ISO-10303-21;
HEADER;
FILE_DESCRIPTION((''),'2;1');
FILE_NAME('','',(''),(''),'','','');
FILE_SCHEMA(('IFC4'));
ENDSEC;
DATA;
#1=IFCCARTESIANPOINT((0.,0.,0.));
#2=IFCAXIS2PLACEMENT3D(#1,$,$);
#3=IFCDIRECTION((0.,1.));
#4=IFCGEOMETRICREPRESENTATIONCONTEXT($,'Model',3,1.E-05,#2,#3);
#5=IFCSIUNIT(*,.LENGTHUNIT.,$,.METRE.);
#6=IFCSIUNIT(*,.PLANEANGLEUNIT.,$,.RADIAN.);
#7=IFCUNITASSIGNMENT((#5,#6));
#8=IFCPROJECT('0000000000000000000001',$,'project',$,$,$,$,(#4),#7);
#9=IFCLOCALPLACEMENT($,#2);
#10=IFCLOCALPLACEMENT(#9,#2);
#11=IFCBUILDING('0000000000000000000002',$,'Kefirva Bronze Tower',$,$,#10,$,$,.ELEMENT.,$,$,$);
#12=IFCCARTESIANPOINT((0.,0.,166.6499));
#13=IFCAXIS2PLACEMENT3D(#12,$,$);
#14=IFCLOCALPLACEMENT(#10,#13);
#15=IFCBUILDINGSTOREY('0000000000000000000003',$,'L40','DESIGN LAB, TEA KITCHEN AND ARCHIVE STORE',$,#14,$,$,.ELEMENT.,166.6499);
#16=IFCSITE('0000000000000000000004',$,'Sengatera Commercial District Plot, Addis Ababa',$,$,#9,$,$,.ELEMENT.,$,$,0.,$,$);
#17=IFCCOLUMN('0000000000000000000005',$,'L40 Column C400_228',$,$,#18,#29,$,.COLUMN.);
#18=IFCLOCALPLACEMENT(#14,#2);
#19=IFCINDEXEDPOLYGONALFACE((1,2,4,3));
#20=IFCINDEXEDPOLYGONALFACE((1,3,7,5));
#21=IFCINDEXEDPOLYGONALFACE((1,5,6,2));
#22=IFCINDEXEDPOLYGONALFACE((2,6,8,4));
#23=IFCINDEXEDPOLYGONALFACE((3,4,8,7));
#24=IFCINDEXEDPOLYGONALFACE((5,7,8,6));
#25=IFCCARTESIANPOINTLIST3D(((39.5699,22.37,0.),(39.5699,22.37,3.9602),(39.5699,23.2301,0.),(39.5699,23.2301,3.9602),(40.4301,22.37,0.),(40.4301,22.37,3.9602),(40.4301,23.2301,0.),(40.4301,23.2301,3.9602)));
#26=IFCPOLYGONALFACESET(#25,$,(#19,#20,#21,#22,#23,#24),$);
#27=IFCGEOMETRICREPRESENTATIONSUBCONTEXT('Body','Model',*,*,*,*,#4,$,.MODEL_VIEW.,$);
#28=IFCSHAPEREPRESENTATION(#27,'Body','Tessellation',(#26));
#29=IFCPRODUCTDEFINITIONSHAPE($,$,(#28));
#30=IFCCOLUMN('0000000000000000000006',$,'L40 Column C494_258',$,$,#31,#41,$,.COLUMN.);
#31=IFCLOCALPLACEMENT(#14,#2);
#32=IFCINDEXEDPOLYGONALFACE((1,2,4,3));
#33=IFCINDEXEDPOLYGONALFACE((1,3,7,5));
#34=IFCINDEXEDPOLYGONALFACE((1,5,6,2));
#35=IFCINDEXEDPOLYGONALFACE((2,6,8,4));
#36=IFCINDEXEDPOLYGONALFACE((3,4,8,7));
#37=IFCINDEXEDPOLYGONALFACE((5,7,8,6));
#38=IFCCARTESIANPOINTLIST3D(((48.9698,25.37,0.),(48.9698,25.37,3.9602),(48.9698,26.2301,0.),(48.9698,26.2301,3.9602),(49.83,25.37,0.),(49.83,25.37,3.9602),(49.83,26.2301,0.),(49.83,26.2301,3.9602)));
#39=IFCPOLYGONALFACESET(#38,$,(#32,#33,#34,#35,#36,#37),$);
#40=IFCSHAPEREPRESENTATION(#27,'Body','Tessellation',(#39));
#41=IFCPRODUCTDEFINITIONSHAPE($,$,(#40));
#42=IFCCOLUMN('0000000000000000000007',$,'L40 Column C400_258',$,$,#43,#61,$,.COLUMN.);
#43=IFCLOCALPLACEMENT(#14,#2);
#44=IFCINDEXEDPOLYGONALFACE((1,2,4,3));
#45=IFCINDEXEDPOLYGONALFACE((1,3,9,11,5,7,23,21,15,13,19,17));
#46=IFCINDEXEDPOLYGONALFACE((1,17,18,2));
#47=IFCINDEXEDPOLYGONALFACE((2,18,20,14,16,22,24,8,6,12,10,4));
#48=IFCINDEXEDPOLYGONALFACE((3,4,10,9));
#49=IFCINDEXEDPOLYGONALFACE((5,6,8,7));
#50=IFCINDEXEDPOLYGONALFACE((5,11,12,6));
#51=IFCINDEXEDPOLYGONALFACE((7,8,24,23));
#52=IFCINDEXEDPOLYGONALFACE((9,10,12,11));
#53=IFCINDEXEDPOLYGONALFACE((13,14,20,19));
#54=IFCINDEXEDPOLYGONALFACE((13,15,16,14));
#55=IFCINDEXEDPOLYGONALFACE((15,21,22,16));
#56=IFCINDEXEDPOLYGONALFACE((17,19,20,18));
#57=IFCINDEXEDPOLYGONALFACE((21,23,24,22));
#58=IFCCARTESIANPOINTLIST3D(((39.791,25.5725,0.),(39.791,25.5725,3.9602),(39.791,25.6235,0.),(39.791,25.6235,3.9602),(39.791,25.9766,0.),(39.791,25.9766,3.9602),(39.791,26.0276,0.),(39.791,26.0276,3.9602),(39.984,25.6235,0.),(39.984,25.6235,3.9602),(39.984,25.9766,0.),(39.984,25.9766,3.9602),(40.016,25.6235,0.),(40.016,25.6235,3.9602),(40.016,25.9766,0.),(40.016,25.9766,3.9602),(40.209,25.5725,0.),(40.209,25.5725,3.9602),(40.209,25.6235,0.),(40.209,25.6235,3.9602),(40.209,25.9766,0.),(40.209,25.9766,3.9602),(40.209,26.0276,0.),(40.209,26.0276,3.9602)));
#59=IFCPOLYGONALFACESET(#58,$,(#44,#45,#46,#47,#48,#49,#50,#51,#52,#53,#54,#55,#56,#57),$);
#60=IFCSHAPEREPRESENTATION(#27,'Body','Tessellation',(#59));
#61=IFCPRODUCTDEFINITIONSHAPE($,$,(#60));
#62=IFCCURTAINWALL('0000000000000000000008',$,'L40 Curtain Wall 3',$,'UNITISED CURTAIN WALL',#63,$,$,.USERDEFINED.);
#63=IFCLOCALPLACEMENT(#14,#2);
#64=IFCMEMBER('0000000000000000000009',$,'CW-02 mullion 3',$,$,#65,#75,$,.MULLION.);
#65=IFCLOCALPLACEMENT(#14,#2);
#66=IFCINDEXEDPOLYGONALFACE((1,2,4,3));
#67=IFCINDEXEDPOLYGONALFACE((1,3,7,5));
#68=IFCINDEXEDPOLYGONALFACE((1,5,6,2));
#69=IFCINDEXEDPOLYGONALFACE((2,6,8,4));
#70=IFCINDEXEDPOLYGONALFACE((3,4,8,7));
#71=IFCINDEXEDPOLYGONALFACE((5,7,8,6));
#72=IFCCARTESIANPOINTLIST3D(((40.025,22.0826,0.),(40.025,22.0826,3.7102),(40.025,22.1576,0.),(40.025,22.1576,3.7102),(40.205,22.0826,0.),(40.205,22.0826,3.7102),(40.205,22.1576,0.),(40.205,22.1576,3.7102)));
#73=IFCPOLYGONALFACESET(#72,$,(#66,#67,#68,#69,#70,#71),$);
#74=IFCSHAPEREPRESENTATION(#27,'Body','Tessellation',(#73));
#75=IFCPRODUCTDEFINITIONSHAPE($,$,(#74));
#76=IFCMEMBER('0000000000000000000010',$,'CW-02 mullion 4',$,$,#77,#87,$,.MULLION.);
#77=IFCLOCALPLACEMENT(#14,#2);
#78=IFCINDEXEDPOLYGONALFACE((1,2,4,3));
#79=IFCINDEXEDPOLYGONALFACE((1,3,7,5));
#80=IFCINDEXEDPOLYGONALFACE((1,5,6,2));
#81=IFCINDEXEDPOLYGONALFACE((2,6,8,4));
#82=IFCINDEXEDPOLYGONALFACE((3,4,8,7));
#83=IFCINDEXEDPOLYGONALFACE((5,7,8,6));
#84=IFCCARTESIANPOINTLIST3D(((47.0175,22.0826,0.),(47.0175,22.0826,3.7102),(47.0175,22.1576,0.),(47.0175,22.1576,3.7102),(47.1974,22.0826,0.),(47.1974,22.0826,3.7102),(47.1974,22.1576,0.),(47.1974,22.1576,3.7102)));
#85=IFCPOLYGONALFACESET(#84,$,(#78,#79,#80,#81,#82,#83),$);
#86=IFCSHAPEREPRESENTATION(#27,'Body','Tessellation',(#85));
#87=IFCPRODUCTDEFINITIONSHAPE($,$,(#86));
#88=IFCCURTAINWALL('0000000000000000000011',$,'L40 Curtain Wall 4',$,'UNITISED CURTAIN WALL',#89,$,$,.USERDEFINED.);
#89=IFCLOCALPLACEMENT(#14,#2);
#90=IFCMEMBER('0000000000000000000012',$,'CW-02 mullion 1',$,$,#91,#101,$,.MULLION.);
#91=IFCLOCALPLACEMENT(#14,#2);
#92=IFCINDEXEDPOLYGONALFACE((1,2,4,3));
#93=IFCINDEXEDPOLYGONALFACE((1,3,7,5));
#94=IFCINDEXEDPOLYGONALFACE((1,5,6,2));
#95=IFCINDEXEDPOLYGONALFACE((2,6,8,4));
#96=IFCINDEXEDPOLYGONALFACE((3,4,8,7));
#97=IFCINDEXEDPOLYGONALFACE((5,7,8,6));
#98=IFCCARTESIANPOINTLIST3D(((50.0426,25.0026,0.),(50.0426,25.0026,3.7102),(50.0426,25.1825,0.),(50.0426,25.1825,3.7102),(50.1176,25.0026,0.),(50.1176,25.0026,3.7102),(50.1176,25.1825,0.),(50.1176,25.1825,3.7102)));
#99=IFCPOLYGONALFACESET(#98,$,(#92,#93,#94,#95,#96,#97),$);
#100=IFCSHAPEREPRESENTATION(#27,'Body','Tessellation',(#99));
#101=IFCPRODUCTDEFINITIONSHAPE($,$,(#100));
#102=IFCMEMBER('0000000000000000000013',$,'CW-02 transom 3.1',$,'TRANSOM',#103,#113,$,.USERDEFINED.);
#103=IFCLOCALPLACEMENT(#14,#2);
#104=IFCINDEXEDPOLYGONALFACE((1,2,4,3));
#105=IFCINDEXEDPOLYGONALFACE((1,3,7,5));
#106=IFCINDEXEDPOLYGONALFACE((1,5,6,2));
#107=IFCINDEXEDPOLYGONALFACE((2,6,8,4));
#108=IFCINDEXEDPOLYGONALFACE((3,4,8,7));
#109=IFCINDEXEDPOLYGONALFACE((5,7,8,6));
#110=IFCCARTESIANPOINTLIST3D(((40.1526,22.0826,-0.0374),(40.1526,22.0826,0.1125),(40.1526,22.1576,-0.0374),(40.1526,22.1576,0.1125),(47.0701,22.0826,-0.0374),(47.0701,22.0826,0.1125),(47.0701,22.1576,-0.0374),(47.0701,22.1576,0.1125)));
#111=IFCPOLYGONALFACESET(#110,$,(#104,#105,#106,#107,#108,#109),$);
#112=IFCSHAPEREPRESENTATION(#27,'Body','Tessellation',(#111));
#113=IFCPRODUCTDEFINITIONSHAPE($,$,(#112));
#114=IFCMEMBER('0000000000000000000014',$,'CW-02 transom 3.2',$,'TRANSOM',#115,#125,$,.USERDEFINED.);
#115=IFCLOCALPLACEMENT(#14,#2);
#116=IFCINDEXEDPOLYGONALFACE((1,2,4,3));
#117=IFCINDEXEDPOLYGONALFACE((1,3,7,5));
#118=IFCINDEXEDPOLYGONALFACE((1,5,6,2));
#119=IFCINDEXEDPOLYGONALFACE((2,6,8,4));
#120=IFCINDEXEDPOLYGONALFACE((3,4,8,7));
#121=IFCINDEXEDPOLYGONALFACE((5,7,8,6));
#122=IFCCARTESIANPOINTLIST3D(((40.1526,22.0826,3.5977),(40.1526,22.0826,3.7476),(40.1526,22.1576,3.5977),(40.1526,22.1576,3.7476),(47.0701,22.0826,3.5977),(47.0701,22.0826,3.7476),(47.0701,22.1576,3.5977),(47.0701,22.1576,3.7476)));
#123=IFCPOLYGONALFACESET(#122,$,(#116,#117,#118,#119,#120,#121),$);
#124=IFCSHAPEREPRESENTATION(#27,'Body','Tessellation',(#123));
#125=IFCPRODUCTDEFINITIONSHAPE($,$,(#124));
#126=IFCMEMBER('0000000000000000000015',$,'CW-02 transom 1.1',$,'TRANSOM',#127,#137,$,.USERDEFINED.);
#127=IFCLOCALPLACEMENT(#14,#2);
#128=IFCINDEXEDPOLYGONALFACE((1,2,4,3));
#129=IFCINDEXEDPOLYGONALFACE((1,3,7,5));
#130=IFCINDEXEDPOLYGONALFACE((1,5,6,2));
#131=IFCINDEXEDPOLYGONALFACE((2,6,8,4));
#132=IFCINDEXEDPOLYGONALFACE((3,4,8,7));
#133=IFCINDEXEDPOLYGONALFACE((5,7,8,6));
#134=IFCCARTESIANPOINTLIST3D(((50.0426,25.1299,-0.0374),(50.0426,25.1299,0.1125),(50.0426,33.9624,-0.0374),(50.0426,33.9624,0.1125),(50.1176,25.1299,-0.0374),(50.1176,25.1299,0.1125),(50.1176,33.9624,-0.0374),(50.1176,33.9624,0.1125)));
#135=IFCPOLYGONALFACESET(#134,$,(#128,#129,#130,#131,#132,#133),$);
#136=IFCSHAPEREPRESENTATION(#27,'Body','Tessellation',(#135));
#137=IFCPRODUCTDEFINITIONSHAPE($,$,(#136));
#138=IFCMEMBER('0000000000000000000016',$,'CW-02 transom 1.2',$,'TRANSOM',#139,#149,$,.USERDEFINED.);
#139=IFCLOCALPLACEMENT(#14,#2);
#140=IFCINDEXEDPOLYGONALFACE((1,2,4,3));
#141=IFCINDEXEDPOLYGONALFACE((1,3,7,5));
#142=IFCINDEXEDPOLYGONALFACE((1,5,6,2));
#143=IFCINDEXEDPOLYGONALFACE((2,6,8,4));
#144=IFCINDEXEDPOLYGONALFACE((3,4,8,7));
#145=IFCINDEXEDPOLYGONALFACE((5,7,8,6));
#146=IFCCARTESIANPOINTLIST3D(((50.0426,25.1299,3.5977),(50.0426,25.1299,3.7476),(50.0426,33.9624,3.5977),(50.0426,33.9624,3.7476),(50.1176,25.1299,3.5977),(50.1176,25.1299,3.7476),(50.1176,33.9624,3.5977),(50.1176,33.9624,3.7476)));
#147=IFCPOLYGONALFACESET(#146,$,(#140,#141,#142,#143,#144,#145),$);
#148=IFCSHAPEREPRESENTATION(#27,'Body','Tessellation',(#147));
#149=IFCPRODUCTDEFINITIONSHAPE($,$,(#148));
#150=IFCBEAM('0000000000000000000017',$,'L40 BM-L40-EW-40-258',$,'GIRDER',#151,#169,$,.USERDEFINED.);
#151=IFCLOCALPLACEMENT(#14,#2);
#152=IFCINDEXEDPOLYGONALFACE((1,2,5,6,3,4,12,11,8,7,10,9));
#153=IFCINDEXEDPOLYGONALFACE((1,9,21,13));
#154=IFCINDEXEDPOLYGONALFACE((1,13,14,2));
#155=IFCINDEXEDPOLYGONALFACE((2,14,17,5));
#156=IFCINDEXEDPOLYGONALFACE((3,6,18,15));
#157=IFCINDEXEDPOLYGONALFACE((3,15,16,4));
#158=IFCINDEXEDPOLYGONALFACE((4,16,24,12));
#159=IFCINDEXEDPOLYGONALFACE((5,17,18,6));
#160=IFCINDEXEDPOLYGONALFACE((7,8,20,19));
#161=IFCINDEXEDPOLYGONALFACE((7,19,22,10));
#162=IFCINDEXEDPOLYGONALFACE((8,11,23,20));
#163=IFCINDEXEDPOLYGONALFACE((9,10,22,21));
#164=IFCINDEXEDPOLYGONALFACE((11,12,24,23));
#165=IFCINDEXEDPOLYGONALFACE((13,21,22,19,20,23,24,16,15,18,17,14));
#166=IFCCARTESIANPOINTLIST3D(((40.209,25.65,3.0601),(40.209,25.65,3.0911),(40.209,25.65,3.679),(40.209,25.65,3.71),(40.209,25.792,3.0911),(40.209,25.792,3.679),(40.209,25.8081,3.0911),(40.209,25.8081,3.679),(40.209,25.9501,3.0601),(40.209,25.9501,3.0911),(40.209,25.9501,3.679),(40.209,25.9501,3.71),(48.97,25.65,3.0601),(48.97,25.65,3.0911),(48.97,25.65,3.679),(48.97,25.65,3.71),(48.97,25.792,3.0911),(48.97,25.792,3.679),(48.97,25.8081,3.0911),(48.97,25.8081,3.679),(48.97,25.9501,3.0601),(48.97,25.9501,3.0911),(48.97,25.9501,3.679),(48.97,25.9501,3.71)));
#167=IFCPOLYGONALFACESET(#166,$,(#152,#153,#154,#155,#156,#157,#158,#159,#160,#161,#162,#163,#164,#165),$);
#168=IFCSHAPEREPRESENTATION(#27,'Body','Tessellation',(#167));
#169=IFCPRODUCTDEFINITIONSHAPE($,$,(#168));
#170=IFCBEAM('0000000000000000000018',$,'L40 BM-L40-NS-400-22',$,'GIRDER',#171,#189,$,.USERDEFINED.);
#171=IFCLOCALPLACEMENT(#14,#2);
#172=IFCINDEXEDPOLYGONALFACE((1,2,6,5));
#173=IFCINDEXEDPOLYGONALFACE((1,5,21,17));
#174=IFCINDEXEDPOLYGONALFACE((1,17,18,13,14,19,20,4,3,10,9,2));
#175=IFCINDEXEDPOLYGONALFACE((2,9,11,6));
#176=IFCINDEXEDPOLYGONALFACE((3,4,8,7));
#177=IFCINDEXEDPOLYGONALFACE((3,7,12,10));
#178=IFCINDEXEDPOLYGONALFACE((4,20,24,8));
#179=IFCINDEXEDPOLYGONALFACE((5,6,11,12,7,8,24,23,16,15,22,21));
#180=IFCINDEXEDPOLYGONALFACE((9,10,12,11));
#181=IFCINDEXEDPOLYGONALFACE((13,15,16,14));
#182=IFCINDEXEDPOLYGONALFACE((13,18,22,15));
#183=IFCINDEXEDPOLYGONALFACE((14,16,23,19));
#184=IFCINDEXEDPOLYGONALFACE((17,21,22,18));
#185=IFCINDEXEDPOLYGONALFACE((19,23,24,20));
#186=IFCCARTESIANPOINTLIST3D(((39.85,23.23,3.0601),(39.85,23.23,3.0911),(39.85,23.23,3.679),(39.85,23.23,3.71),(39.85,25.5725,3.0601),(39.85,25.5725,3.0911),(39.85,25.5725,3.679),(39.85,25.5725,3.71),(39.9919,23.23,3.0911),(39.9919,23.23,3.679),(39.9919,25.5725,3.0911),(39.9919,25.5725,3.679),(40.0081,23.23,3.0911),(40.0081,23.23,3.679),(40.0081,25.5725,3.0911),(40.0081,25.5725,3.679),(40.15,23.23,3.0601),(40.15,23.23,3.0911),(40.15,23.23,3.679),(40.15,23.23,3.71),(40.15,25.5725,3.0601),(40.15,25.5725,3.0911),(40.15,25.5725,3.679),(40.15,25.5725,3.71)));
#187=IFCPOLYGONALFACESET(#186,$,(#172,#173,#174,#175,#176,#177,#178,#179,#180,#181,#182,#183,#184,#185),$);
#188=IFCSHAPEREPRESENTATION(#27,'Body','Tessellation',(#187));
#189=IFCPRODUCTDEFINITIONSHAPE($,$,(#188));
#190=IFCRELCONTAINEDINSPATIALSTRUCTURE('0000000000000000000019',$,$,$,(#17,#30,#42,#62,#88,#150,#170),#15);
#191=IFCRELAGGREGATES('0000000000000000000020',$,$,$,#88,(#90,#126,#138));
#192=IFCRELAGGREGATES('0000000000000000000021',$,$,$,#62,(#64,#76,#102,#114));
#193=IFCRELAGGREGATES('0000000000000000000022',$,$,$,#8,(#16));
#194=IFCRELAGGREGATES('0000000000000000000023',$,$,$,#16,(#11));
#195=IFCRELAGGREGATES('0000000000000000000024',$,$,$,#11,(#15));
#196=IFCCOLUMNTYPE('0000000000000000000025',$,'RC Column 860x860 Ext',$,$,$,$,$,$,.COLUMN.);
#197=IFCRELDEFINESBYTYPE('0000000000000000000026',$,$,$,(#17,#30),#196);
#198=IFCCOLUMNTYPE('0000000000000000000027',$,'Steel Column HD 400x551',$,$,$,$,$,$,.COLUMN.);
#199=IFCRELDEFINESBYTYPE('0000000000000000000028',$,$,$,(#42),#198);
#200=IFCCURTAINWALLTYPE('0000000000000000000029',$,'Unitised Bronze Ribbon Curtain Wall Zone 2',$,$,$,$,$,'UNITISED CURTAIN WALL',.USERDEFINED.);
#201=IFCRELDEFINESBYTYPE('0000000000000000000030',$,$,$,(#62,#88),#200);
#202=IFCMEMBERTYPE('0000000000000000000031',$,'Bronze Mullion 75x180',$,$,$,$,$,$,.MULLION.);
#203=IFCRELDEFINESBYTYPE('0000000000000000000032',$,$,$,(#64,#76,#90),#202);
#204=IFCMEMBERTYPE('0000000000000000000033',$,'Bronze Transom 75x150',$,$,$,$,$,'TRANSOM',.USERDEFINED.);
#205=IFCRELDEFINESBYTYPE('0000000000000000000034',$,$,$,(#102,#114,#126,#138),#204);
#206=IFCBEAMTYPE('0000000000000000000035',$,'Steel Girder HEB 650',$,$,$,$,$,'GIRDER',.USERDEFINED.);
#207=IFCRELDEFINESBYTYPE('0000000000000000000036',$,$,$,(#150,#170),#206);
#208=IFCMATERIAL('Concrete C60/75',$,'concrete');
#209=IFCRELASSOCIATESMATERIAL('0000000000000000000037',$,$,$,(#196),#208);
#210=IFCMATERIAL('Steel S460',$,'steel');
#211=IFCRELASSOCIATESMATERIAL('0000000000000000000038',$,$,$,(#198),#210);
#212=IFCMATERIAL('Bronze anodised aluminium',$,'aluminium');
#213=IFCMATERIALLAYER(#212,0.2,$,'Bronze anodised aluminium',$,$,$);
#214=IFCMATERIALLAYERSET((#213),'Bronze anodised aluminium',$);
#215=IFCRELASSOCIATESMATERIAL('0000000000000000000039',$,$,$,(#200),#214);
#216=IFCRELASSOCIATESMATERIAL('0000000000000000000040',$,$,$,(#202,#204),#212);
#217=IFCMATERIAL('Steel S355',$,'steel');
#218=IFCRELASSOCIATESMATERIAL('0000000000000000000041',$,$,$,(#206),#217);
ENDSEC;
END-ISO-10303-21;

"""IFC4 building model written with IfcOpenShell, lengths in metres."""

from ifc_helpers import new_model, si_unit, direction, frame, origin, origin_2d, place, context, subcontext, project, spatial, rectangle, i_section, extrude, material, layer, layer_set, material_profile, profile_set, type_object, element, aggregate, save


model = new_model("IFC4")

# Units and contexts
model_context = context("Model", 3, precision=1e-05, world=origin(), true_north=direction((0.0, 1.0)))
body_context = subcontext(model_context, "Body", "Model", "MODEL_VIEW")
ifc_project = project(units=[si_unit("LENGTHUNIT", "METRE"), si_unit("PLANEANGLEUNIT", "RADIAN")], contexts=[model_context])

# Site, building, storey
site_placement = place(None, origin())
site = spatial("IfcSite", under=ifc_project, at=site_placement, Name="Sengatera Commercial District Plot, Addis Ababa", CompositionType="ELEMENT", RefElevation=0.0)
building_placement = place(site_placement, origin())
building = spatial("IfcBuilding", under=site, at=building_placement, Name="Kefirva Bronze Tower", CompositionType="ELEMENT")
storey_placement = place(building_placement, frame((0.0, 0.0, 166.6499)))
storey = spatial("IfcBuildingStorey", under=building, at=storey_placement, Name="L40", Description="DESIGN LAB, TEA KITCHEN AND ARCHIVE STORE", CompositionType="ELEMENT", Elevation=166.6499)

# Columns
ifc_material_1 = material(Name="Concrete C60/75", Category="concrete")
ifc_material_profile_1 = material_profile(ifc_material_1, rectangle(XDim=0.8601, YDim=0.8601, at=origin_2d()), Name="RC 860x860")
ifc_profile_set_1 = profile_set([ifc_material_profile_1], Name="Concrete C60/75")
column_type_1 = type_object("IfcColumnType", Name="RC Column 860x860 Ext", PredefinedType="COLUMN", material=ifc_profile_set_1)
for number, where, z_axis, x_axis, name in (
    (1, (40.0, 22.8, 0.0), (0.0, 0.0, 1.0), (1.0, 0.0, 0.0), "L40 Column C400_228"),
    (2, (49.3999, 25.8, 0.0), (0.0, 0.0, 1.0), (1.0, 0.0, 0.0), "L40 Column C494_258"),
):
    element("IfcColumn", number, at=place(storey_placement, frame(where, z_axis=z_axis, x_axis=x_axis)), inside=storey, type_object=column_type_1, Name=name, PredefinedType="COLUMN", context=body_context, shape_type="SweptSolid", body=[
        extrude(rectangle(XDim=0.8601, YDim=0.8601, at=origin_2d()), origin(), (0.0, 0.0, 1.0), 3.9602),
    ])
ifc_material_2 = material(Name="Steel S460", Category="steel")
ifc_material_profile_2 = material_profile(ifc_material_2, i_section(OverallWidth=0.418, OverallDepth=0.4551, WebThickness=0.032, FlangeThickness=0.051, at=origin_2d()), Name="HD 400x551")
ifc_profile_set_2 = profile_set([ifc_material_profile_2], Name="Steel S460")
column_type_2 = type_object("IfcColumnType", Name="Steel Column HD 400x551", PredefinedType="COLUMN", material=ifc_profile_set_2)
column_placement = place(storey_placement, frame((40.0, 25.8, 0.0), z_axis=(0.0, 0.0, 1.0), x_axis=(1.0, 0.0, 0.0)))
element("IfcColumn", 3, at=column_placement, inside=storey, type_object=column_type_2, Name="L40 Column C400_258", PredefinedType="COLUMN", context=body_context, shape_type="SweptSolid", body=[
    extrude(i_section(OverallWidth=0.418, OverallDepth=0.4551, WebThickness=0.032, FlangeThickness=0.051, at=origin_2d()), origin(), (0.0, 0.0, 1.0), 3.9602),
])

# Curtain wall, members
ifc_material_3 = material(Name="Bronze anodised aluminium", Category="aluminium")
ifc_layer_1 = layer(ifc_material_3, 0.2, Name="Bronze anodised aluminium")
ifc_layer_set_1 = layer_set([ifc_layer_1], Name="Bronze anodised aluminium")
curtain_wall_type = type_object("IfcCurtainWallType", Name="Unitised Bronze Ribbon Curtain Wall Zone 2", ElementType="UNITISED CURTAIN WALL", PredefinedType="USERDEFINED", material=ifc_layer_set_1)
curtain_wall_1_placement = place(storey_placement, origin())
curtain_wall_1 = element("IfcCurtainWall", 4, at=curtain_wall_1_placement, inside=storey, type_object=curtain_wall_type, Name="L40 Curtain Wall 3", ObjectType="UNITISED CURTAIN WALL", PredefinedType="USERDEFINED")
ifc_material_profile_3 = material_profile(ifc_material_3, rectangle(XDim=0.075, YDim=0.1799, at=origin_2d()), Name="ALU 75x180")
ifc_profile_set_3 = profile_set([ifc_material_profile_3], Name="Bronze anodised aluminium")
member_type_1 = type_object("IfcMemberType", Name="Bronze Mullion 75x180", PredefinedType="MULLION", material=ifc_profile_set_3)
member_1_placement = place(storey_placement, frame((40.115, 22.1201, 0.0), z_axis=(0.0, 0.0, 1.0), x_axis=(0.0, 1.0, 0.0)))
member_1 = element("IfcMember", 5, at=member_1_placement, type_object=member_type_1, Name="CW-02 mullion 3", PredefinedType="MULLION", context=body_context, shape_type="SweptSolid", body=[
    extrude(rectangle(XDim=0.075, YDim=0.1799, at=origin_2d()), origin(), (0.0, 0.0, 1.0), 3.7102),
])
member_2_placement = place(storey_placement, frame((47.1074, 22.1201, 0.0), z_axis=(0.0, 0.0, 1.0), x_axis=(0.0, 1.0, 0.0)))
member_2 = element("IfcMember", 6, at=member_2_placement, type_object=member_type_1, Name="CW-02 mullion 4", PredefinedType="MULLION", context=body_context, shape_type="SweptSolid", body=[
    extrude(rectangle(XDim=0.075, YDim=0.1799, at=origin_2d()), origin(), (0.0, 0.0, 1.0), 3.7102),
])

# Curtain wall, member
curtain_wall_2_placement = place(storey_placement, origin())
curtain_wall_2 = element("IfcCurtainWall", 7, at=curtain_wall_2_placement, inside=storey, type_object=curtain_wall_type, Name="L40 Curtain Wall 4", ObjectType="UNITISED CURTAIN WALL", PredefinedType="USERDEFINED")
member_3_placement = place(storey_placement, frame((50.0801, 25.0925, 0.0), z_axis=(0.0, 0.0, 1.0), x_axis=(-1.0, 0.0, 0.0)))
member_3 = element("IfcMember", 8, at=member_3_placement, type_object=member_type_1, Name="CW-02 mullion 1", PredefinedType="MULLION", context=body_context, shape_type="SweptSolid", body=[
    extrude(rectangle(XDim=0.075, YDim=0.1799, at=origin_2d()), origin(), (0.0, 0.0, 1.0), 3.7102),
])

# Members
ifc_material_profile_4 = material_profile(ifc_material_3, rectangle(XDim=0.075, YDim=0.1499, at=origin_2d()), Name="ALU 75x150")
ifc_profile_set_4 = profile_set([ifc_material_profile_4], Name="Bronze anodised aluminium")
member_type_2 = type_object("IfcMemberType", Name="Bronze Transom 75x150", ElementType="TRANSOM", PredefinedType="USERDEFINED", material=ifc_profile_set_4)
member_4_placement = place(storey_placement, frame((40.1526, 22.1201, 0.0376), z_axis=(1.0, 0.0, 0.0), x_axis=(0.0, 1.0, 0.0)))
member_4 = element("IfcMember", 9, at=member_4_placement, type_object=member_type_2, Name="CW-02 transom 3.1", ObjectType="TRANSOM", PredefinedType="USERDEFINED", context=body_context, shape_type="SweptSolid", body=[
    extrude(rectangle(XDim=0.075, YDim=0.1499, at=origin_2d()), origin(), (0.0, 0.0, 1.0), 6.9175),
])
member_5_placement = place(storey_placement, frame((40.1526, 22.1201, 3.6726), z_axis=(1.0, 0.0, 0.0), x_axis=(0.0, 1.0, 0.0)))
member_5 = element("IfcMember", 10, at=member_5_placement, type_object=member_type_2, Name="CW-02 transom 3.2", ObjectType="TRANSOM", PredefinedType="USERDEFINED", context=body_context, shape_type="SweptSolid", body=[
    extrude(rectangle(XDim=0.075, YDim=0.1499, at=origin_2d()), origin(), (0.0, 0.0, 1.0), 6.9175),
])
member_6_placement = place(storey_placement, frame((50.0801, 25.1299, 0.0376), z_axis=(0.0, 1.0, 0.0), x_axis=(-1.0, 0.0, 0.0)))
member_6 = element("IfcMember", 11, at=member_6_placement, type_object=member_type_2, Name="CW-02 transom 1.1", ObjectType="TRANSOM", PredefinedType="USERDEFINED", context=body_context, shape_type="SweptSolid", body=[
    extrude(rectangle(XDim=0.075, YDim=0.1499, at=origin_2d()), origin(), (0.0, 0.0, 1.0), 8.8325),
])
member_7_placement = place(storey_placement, frame((50.0801, 25.1299, 3.6726), z_axis=(0.0, 1.0, 0.0), x_axis=(-1.0, 0.0, 0.0)))
member_7 = element("IfcMember", 12, at=member_7_placement, type_object=member_type_2, Name="CW-02 transom 1.2", ObjectType="TRANSOM", PredefinedType="USERDEFINED", context=body_context, shape_type="SweptSolid", body=[
    extrude(rectangle(XDim=0.075, YDim=0.1499, at=origin_2d()), origin(), (0.0, 0.0, 1.0), 8.8325),
])
aggregate(curtain_wall_2, [member_3, member_6, member_7])

# Beams
ifc_material_4 = material(Name="Steel S355", Category="steel")
ifc_material_profile_5 = material_profile(ifc_material_4, i_section(OverallWidth=0.3, OverallDepth=0.6499, WebThickness=0.0161, FlangeThickness=0.031, at=origin_2d()), Name="HEB 650")
ifc_profile_set_5 = profile_set([ifc_material_profile_5], Name="Steel S355")
beam_type = type_object("IfcBeamType", Name="Steel Girder HEB 650", ElementType="GIRDER", PredefinedType="USERDEFINED", material=ifc_profile_set_5)
beam_1_placement = place(storey_placement, frame((40.209, 25.8, 3.385), z_axis=(1.0, 0.0, 0.0), x_axis=(0.0, 1.0, 0.0)))
element("IfcBeam", 13, at=beam_1_placement, inside=storey, type_object=beam_type, Name="L40 BM-L40-EW-40-258", ObjectType="GIRDER", PredefinedType="USERDEFINED", context=body_context, shape_type="SweptSolid", body=[
    extrude(i_section(OverallWidth=0.3, OverallDepth=0.6499, WebThickness=0.0161, FlangeThickness=0.031, at=origin_2d()), origin(), (0.0, 0.0, 1.0), 8.761),
])
beam_2_placement = place(storey_placement, frame((40.0, 23.23, 3.385), z_axis=(0.0, 1.0, 0.0), x_axis=(-1.0, 0.0, 0.0)))
element("IfcBeam", 14, at=beam_2_placement, inside=storey, type_object=beam_type, Name="L40 BM-L40-NS-400-22", ObjectType="GIRDER", PredefinedType="USERDEFINED", context=body_context, shape_type="SweptSolid", body=[
    extrude(i_section(OverallWidth=0.3, OverallDepth=0.6499, WebThickness=0.0161, FlangeThickness=0.031, at=origin_2d()), origin(), (0.0, 0.0, 1.0), 2.3425),
])

aggregate(curtain_wall_1, [member_1, member_2, member_4, member_5])

save(model, "model.ifc")
